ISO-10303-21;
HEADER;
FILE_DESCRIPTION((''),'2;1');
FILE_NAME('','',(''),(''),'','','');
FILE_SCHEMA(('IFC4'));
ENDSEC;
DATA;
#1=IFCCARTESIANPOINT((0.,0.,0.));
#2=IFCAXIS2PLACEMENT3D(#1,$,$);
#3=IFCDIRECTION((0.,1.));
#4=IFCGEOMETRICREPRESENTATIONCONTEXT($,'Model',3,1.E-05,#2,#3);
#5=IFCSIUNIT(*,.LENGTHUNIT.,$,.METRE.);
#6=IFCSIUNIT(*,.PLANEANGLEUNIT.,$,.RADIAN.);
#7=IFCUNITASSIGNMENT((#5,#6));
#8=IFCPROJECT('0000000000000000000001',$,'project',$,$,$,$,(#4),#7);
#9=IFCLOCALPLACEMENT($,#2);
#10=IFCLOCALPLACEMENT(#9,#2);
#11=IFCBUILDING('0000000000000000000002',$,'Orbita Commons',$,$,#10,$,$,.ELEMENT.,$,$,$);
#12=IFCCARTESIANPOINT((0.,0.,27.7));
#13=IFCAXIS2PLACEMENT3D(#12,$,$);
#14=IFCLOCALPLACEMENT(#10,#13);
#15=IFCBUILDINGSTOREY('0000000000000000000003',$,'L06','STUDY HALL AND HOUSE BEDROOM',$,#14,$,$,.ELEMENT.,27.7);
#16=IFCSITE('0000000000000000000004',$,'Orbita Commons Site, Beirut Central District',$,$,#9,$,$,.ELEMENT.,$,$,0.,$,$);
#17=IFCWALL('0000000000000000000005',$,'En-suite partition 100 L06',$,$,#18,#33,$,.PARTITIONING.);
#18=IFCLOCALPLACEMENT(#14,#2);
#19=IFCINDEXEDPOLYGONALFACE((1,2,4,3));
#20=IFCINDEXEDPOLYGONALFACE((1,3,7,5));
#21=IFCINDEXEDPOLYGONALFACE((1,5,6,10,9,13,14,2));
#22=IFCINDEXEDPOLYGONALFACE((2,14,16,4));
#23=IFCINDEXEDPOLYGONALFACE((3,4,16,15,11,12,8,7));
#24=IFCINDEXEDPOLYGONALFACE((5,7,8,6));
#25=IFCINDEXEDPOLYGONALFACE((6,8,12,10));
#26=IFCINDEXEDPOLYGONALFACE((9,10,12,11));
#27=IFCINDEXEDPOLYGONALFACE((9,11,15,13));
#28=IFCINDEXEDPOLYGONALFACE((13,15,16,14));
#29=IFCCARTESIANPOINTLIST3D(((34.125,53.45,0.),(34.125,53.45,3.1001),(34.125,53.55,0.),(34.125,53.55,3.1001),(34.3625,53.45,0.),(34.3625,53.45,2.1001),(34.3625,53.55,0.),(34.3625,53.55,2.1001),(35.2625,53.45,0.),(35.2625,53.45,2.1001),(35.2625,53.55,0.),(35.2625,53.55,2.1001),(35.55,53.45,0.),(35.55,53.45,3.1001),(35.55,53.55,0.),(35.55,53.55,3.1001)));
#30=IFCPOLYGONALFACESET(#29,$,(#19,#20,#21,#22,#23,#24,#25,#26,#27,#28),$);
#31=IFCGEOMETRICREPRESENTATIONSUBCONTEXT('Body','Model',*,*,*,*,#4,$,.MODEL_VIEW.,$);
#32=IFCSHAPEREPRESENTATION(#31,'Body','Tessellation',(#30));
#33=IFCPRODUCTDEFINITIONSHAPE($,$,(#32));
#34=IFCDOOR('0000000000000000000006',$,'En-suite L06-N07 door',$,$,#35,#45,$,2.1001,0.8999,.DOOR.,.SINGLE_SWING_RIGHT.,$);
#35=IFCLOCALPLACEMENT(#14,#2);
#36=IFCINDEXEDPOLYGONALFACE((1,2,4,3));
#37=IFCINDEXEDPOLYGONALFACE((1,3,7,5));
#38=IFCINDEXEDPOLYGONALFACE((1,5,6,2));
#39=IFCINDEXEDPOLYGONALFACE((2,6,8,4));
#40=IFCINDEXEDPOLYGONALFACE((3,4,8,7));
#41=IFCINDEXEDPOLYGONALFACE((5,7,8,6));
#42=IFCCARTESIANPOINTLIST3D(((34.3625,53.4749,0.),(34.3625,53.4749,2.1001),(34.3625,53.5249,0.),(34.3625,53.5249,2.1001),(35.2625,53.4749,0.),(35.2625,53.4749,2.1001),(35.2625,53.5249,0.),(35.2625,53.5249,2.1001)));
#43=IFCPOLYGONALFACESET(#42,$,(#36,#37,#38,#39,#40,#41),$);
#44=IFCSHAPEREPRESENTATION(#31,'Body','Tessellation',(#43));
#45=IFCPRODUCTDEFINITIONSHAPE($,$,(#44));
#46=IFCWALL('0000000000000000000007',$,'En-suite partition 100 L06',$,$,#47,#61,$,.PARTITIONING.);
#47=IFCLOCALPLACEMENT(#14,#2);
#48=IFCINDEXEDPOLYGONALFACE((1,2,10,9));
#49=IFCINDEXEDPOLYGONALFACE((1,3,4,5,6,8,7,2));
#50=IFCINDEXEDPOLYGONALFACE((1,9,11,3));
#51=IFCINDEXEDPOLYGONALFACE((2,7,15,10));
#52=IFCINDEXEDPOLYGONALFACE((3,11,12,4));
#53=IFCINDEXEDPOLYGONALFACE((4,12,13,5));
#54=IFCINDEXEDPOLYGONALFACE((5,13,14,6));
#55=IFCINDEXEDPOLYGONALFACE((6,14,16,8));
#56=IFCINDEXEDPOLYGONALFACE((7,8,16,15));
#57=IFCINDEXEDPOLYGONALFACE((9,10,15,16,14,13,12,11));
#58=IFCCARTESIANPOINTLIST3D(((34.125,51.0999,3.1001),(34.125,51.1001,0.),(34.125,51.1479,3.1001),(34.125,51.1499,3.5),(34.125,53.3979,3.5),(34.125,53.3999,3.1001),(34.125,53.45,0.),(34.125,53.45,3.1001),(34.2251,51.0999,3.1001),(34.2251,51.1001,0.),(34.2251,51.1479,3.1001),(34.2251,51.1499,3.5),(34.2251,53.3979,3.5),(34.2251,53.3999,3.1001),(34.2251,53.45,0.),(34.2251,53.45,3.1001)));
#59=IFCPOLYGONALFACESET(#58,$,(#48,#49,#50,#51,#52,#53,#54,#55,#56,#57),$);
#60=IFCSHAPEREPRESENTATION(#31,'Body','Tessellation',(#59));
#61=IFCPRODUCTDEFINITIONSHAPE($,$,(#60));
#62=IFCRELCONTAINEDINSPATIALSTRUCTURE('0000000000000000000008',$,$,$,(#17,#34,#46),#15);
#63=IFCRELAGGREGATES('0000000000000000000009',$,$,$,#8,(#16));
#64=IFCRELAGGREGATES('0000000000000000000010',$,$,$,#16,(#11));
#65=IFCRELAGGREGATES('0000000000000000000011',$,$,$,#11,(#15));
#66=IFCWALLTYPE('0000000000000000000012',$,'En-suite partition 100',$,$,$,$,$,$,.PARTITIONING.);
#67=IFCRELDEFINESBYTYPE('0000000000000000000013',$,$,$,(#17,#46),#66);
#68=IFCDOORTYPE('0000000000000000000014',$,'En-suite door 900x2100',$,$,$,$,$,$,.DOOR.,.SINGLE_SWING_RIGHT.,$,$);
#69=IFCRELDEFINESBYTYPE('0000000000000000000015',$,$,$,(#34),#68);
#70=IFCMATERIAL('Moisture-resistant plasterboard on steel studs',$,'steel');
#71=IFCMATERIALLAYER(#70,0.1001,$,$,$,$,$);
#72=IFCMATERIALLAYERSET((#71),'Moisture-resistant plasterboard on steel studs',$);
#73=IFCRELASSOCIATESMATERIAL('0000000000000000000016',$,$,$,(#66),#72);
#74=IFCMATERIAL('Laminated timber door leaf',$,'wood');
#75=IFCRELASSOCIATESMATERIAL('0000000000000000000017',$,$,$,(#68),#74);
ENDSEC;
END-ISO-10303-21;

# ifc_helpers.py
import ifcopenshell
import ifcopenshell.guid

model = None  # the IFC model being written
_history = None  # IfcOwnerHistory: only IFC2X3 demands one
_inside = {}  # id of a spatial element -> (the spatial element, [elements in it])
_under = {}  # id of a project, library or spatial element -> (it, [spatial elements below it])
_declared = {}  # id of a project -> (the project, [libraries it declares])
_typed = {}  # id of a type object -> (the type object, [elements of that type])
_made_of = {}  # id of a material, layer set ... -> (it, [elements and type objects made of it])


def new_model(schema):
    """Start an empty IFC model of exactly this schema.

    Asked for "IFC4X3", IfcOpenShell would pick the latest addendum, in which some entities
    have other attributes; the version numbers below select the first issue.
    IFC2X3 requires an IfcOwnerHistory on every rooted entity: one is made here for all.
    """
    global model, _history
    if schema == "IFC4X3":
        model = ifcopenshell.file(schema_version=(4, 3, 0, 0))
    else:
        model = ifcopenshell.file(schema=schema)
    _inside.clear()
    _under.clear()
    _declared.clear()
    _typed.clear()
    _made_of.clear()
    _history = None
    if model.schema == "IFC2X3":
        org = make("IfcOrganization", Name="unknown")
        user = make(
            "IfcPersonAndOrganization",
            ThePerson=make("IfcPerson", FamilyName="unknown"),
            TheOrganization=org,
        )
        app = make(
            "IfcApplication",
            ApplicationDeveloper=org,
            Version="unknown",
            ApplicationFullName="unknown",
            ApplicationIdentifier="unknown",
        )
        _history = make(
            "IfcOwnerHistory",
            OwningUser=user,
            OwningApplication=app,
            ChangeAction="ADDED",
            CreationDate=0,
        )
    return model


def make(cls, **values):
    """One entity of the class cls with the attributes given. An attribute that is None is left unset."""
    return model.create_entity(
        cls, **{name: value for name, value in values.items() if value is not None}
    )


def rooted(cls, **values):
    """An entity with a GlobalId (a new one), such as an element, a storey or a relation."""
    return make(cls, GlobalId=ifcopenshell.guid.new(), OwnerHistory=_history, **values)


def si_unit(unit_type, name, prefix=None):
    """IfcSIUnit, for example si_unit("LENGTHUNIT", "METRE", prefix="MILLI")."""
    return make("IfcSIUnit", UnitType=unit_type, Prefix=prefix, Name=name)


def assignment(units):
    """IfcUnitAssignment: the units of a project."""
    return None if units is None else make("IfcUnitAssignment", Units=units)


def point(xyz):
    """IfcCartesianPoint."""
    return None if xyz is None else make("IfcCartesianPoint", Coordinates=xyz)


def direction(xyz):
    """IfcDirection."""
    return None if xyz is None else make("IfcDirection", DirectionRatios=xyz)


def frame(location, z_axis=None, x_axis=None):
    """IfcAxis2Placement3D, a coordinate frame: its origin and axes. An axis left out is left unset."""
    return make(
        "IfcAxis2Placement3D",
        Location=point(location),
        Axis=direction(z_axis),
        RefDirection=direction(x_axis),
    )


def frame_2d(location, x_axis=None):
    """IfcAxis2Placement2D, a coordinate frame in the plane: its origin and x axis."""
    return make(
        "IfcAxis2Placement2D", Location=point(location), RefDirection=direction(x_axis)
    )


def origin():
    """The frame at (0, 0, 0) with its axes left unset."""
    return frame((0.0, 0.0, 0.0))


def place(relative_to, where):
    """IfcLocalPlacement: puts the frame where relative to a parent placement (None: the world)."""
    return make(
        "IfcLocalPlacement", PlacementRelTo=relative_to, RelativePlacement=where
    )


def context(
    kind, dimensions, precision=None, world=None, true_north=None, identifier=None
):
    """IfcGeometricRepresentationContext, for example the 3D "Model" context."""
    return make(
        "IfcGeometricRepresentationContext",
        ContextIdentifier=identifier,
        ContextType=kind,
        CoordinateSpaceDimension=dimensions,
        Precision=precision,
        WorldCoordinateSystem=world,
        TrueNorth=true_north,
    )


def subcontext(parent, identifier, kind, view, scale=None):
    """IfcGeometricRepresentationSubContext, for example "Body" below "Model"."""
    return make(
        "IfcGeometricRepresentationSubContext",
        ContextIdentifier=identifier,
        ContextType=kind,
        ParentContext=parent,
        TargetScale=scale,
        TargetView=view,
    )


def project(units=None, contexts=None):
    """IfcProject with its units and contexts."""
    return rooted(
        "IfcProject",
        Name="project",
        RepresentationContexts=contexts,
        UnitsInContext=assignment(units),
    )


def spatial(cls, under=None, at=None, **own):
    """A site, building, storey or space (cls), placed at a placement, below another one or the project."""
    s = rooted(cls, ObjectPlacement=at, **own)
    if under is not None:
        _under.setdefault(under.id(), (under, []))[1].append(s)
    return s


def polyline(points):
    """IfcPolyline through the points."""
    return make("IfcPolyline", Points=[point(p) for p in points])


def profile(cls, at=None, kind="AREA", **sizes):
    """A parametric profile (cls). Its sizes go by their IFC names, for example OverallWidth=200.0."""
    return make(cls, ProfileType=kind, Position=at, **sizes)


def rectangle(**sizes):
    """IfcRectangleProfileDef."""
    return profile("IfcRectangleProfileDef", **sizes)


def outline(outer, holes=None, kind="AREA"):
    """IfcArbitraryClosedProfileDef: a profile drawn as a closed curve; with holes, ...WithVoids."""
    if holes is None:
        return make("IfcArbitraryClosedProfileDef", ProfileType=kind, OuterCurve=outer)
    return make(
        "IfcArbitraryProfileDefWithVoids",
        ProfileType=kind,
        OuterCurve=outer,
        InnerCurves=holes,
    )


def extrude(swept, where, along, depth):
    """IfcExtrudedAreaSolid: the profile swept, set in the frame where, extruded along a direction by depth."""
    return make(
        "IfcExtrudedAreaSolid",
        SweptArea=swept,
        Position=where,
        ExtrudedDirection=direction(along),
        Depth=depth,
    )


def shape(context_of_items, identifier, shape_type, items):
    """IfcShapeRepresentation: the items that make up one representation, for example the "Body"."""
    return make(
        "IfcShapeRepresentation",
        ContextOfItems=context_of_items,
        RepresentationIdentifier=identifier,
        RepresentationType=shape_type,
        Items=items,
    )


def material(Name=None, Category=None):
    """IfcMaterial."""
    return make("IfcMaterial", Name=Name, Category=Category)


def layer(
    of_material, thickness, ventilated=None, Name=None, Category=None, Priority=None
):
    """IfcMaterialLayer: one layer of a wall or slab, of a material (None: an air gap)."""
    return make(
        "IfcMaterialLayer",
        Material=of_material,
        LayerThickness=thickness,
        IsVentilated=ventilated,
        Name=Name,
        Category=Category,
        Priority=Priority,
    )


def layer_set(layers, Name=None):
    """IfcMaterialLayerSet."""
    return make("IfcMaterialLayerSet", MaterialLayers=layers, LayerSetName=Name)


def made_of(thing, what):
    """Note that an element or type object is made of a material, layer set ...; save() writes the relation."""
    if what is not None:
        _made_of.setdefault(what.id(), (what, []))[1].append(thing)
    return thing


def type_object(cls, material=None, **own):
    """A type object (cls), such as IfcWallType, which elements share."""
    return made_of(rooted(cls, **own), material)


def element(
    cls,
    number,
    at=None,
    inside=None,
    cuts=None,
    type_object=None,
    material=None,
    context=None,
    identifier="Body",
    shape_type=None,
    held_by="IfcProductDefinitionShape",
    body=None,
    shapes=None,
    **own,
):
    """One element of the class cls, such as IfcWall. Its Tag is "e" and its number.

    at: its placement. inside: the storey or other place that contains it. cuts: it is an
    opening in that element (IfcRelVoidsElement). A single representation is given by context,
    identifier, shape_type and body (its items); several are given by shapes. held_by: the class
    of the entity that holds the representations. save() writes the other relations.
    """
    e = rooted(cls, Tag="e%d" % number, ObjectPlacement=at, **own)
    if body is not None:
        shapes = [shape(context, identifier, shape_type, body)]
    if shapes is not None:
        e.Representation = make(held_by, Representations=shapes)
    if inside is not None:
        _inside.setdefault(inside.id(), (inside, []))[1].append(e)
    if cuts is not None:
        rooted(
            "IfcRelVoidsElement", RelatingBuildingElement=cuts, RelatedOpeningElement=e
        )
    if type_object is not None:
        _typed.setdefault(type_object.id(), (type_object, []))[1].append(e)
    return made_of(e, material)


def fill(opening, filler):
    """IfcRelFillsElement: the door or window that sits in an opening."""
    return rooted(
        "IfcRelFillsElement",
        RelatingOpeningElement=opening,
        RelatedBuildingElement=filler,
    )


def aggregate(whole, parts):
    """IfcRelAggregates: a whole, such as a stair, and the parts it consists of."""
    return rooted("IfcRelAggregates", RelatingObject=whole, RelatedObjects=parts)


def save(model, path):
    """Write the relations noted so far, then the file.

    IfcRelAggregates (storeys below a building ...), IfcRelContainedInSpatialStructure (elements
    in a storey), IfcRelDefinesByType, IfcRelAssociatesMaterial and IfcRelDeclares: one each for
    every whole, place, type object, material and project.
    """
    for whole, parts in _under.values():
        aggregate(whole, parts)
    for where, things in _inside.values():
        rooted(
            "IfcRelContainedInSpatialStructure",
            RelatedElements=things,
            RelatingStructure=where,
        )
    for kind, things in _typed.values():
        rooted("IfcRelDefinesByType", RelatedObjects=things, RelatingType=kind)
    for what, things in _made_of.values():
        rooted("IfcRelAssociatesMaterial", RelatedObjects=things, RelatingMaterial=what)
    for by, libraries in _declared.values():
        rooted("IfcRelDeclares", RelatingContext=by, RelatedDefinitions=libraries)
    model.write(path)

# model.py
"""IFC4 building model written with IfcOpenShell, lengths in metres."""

from ifc_helpers import new_model, si_unit, direction, frame, frame_2d, origin, place, context, subcontext, project, spatial, polyline, rectangle, outline, extrude, material, layer, layer_set, type_object, element, fill, save


model = new_model("IFC4")

# Units and contexts
model_context = context("Model", 3, precision=1e-05, world=origin(), true_north=direction((0.0, 1.0)))
body_context = subcontext(model_context, "Body", "Model", "MODEL_VIEW")
ifc_project = project(units=[si_unit("LENGTHUNIT", "METRE"), si_unit("PLANEANGLEUNIT", "RADIAN")], contexts=[model_context])

# Site, building, storey
site_placement = place(None, origin())
site = spatial("IfcSite", under=ifc_project, at=site_placement, Name="Orbita Commons Site, Beirut Central District", CompositionType="ELEMENT", RefElevation=0.0)
building_placement = place(site_placement, origin())
building = spatial("IfcBuilding", under=site, at=building_placement, Name="Orbita Commons", CompositionType="ELEMENT")
storey_placement = place(building_placement, frame((0.0, 0.0, 27.7)))
storey = spatial("IfcBuildingStorey", under=building, at=storey_placement, Name="L06", Description="STUDY HALL AND HOUSE BEDROOM", CompositionType="ELEMENT", Elevation=27.7)

# Shared definitions
ifc_material_1 = material(Name="Moisture-resistant plasterboard on steel studs", Category="steel")
ifc_layer_1 = layer(ifc_material_1, 0.1001)
ifc_layer_set_1 = layer_set([ifc_layer_1], Name="Moisture-resistant plasterboard on steel studs")
wall_type_1 = type_object("IfcWallType", Name="En-suite partition 100", PredefinedType="PARTITIONING", material=ifc_layer_set_1)
ifc_material_2 = material(Name="Laminated timber door leaf", Category="wood")
door_type_1 = type_object("IfcDoorType", Name="En-suite door 900x2100", OperationType="SINGLE_SWING_RIGHT", PredefinedType="DOOR", material=ifc_material_2)

# Wall, opening, door
wall_1_placement = place(storey_placement, frame((34.125, 53.5, 0.0), z_axis=(0.0, 0.0, 1.0), x_axis=(1.0, 0.0, 0.0)))
wall_1 = element("IfcWall", 1, at=wall_1_placement, inside=storey, type_object=wall_type_1, Name="En-suite partition 100 L06", PredefinedType="PARTITIONING", context=body_context, shape_type="SweptSolid", body=[
    extrude(outline(polyline([(0.0, 0.0), (1.425, 0.0), (1.425, 3.1001), (0.0, 3.1001), (0.0, 0.0)])), frame((0.0, 0.05, 0.0), z_axis=(0.0, -1.0, 0.0), x_axis=(1.0, 0.0, 0.0)), (0.0, 0.0, 1.0), 0.1001),
])
opening_1_placement = place(wall_1_placement, frame((0.2375, 0.0, 0.0)))
opening_1 = element("IfcOpeningElement", 2, at=opening_1_placement, cuts=wall_1, PredefinedType="OPENING", context=body_context, shape_type="SweptSolid", body=[
    extrude(rectangle(XDim=0.8999, YDim=2.1001, at=frame_2d((0.45, 1.05))), frame((0.0, 0.0601, 0.0), z_axis=(0.0, -1.0, 0.0), x_axis=(1.0, 0.0, 0.0)), (0.0, 0.0, 1.0), 0.1201),
])
door_1_placement = place(opening_1_placement, origin())
door_1 = element("IfcDoor", 3, at=door_1_placement, inside=storey, type_object=door_type_1, Name="En-suite L06-N07 door", OperationType="SINGLE_SWING_RIGHT", OverallHeight=2.1001, OverallWidth=0.8999, PredefinedType="DOOR", context=body_context, shape_type="SweptSolid", body=[
    extrude(rectangle(XDim=0.8999, YDim=2.1001, at=frame_2d((0.45, 1.05))), frame((0.0, 0.0249, 0.0), z_axis=(0.0, -1.0, 0.0), x_axis=(1.0, 0.0, 0.0)), (0.0, 0.0, 1.0), 0.05),
])
fill(opening_1, door_1)

# Wall
wall_2_placement = place(storey_placement, frame((34.175, 53.45, 0.0), z_axis=(0.0, 0.0, 1.0), x_axis=(0.0, -1.0, 0.0)))
element("IfcWall", 4, at=wall_2_placement, inside=storey, type_object=wall_type_1, Name="En-suite partition 100 L06", PredefinedType="PARTITIONING", context=body_context, shape_type="SweptSolid", body=[
    extrude(outline(polyline([(0.0, 0.0), (2.3499, 0.0), (2.3501, 3.1001), (2.302, 3.1001), (2.3, 3.5), (0.052, 3.5), (0.05, 3.1001), (0.0, 3.1001), (0.0, 0.0)])), frame((0.0, 0.05, 0.0), z_axis=(0.0, -1.0, 0.0), x_axis=(1.0, 0.0, 0.0)), (0.0, 0.0, 1.0), 0.1001),
])

save(model, "model.ifc")
